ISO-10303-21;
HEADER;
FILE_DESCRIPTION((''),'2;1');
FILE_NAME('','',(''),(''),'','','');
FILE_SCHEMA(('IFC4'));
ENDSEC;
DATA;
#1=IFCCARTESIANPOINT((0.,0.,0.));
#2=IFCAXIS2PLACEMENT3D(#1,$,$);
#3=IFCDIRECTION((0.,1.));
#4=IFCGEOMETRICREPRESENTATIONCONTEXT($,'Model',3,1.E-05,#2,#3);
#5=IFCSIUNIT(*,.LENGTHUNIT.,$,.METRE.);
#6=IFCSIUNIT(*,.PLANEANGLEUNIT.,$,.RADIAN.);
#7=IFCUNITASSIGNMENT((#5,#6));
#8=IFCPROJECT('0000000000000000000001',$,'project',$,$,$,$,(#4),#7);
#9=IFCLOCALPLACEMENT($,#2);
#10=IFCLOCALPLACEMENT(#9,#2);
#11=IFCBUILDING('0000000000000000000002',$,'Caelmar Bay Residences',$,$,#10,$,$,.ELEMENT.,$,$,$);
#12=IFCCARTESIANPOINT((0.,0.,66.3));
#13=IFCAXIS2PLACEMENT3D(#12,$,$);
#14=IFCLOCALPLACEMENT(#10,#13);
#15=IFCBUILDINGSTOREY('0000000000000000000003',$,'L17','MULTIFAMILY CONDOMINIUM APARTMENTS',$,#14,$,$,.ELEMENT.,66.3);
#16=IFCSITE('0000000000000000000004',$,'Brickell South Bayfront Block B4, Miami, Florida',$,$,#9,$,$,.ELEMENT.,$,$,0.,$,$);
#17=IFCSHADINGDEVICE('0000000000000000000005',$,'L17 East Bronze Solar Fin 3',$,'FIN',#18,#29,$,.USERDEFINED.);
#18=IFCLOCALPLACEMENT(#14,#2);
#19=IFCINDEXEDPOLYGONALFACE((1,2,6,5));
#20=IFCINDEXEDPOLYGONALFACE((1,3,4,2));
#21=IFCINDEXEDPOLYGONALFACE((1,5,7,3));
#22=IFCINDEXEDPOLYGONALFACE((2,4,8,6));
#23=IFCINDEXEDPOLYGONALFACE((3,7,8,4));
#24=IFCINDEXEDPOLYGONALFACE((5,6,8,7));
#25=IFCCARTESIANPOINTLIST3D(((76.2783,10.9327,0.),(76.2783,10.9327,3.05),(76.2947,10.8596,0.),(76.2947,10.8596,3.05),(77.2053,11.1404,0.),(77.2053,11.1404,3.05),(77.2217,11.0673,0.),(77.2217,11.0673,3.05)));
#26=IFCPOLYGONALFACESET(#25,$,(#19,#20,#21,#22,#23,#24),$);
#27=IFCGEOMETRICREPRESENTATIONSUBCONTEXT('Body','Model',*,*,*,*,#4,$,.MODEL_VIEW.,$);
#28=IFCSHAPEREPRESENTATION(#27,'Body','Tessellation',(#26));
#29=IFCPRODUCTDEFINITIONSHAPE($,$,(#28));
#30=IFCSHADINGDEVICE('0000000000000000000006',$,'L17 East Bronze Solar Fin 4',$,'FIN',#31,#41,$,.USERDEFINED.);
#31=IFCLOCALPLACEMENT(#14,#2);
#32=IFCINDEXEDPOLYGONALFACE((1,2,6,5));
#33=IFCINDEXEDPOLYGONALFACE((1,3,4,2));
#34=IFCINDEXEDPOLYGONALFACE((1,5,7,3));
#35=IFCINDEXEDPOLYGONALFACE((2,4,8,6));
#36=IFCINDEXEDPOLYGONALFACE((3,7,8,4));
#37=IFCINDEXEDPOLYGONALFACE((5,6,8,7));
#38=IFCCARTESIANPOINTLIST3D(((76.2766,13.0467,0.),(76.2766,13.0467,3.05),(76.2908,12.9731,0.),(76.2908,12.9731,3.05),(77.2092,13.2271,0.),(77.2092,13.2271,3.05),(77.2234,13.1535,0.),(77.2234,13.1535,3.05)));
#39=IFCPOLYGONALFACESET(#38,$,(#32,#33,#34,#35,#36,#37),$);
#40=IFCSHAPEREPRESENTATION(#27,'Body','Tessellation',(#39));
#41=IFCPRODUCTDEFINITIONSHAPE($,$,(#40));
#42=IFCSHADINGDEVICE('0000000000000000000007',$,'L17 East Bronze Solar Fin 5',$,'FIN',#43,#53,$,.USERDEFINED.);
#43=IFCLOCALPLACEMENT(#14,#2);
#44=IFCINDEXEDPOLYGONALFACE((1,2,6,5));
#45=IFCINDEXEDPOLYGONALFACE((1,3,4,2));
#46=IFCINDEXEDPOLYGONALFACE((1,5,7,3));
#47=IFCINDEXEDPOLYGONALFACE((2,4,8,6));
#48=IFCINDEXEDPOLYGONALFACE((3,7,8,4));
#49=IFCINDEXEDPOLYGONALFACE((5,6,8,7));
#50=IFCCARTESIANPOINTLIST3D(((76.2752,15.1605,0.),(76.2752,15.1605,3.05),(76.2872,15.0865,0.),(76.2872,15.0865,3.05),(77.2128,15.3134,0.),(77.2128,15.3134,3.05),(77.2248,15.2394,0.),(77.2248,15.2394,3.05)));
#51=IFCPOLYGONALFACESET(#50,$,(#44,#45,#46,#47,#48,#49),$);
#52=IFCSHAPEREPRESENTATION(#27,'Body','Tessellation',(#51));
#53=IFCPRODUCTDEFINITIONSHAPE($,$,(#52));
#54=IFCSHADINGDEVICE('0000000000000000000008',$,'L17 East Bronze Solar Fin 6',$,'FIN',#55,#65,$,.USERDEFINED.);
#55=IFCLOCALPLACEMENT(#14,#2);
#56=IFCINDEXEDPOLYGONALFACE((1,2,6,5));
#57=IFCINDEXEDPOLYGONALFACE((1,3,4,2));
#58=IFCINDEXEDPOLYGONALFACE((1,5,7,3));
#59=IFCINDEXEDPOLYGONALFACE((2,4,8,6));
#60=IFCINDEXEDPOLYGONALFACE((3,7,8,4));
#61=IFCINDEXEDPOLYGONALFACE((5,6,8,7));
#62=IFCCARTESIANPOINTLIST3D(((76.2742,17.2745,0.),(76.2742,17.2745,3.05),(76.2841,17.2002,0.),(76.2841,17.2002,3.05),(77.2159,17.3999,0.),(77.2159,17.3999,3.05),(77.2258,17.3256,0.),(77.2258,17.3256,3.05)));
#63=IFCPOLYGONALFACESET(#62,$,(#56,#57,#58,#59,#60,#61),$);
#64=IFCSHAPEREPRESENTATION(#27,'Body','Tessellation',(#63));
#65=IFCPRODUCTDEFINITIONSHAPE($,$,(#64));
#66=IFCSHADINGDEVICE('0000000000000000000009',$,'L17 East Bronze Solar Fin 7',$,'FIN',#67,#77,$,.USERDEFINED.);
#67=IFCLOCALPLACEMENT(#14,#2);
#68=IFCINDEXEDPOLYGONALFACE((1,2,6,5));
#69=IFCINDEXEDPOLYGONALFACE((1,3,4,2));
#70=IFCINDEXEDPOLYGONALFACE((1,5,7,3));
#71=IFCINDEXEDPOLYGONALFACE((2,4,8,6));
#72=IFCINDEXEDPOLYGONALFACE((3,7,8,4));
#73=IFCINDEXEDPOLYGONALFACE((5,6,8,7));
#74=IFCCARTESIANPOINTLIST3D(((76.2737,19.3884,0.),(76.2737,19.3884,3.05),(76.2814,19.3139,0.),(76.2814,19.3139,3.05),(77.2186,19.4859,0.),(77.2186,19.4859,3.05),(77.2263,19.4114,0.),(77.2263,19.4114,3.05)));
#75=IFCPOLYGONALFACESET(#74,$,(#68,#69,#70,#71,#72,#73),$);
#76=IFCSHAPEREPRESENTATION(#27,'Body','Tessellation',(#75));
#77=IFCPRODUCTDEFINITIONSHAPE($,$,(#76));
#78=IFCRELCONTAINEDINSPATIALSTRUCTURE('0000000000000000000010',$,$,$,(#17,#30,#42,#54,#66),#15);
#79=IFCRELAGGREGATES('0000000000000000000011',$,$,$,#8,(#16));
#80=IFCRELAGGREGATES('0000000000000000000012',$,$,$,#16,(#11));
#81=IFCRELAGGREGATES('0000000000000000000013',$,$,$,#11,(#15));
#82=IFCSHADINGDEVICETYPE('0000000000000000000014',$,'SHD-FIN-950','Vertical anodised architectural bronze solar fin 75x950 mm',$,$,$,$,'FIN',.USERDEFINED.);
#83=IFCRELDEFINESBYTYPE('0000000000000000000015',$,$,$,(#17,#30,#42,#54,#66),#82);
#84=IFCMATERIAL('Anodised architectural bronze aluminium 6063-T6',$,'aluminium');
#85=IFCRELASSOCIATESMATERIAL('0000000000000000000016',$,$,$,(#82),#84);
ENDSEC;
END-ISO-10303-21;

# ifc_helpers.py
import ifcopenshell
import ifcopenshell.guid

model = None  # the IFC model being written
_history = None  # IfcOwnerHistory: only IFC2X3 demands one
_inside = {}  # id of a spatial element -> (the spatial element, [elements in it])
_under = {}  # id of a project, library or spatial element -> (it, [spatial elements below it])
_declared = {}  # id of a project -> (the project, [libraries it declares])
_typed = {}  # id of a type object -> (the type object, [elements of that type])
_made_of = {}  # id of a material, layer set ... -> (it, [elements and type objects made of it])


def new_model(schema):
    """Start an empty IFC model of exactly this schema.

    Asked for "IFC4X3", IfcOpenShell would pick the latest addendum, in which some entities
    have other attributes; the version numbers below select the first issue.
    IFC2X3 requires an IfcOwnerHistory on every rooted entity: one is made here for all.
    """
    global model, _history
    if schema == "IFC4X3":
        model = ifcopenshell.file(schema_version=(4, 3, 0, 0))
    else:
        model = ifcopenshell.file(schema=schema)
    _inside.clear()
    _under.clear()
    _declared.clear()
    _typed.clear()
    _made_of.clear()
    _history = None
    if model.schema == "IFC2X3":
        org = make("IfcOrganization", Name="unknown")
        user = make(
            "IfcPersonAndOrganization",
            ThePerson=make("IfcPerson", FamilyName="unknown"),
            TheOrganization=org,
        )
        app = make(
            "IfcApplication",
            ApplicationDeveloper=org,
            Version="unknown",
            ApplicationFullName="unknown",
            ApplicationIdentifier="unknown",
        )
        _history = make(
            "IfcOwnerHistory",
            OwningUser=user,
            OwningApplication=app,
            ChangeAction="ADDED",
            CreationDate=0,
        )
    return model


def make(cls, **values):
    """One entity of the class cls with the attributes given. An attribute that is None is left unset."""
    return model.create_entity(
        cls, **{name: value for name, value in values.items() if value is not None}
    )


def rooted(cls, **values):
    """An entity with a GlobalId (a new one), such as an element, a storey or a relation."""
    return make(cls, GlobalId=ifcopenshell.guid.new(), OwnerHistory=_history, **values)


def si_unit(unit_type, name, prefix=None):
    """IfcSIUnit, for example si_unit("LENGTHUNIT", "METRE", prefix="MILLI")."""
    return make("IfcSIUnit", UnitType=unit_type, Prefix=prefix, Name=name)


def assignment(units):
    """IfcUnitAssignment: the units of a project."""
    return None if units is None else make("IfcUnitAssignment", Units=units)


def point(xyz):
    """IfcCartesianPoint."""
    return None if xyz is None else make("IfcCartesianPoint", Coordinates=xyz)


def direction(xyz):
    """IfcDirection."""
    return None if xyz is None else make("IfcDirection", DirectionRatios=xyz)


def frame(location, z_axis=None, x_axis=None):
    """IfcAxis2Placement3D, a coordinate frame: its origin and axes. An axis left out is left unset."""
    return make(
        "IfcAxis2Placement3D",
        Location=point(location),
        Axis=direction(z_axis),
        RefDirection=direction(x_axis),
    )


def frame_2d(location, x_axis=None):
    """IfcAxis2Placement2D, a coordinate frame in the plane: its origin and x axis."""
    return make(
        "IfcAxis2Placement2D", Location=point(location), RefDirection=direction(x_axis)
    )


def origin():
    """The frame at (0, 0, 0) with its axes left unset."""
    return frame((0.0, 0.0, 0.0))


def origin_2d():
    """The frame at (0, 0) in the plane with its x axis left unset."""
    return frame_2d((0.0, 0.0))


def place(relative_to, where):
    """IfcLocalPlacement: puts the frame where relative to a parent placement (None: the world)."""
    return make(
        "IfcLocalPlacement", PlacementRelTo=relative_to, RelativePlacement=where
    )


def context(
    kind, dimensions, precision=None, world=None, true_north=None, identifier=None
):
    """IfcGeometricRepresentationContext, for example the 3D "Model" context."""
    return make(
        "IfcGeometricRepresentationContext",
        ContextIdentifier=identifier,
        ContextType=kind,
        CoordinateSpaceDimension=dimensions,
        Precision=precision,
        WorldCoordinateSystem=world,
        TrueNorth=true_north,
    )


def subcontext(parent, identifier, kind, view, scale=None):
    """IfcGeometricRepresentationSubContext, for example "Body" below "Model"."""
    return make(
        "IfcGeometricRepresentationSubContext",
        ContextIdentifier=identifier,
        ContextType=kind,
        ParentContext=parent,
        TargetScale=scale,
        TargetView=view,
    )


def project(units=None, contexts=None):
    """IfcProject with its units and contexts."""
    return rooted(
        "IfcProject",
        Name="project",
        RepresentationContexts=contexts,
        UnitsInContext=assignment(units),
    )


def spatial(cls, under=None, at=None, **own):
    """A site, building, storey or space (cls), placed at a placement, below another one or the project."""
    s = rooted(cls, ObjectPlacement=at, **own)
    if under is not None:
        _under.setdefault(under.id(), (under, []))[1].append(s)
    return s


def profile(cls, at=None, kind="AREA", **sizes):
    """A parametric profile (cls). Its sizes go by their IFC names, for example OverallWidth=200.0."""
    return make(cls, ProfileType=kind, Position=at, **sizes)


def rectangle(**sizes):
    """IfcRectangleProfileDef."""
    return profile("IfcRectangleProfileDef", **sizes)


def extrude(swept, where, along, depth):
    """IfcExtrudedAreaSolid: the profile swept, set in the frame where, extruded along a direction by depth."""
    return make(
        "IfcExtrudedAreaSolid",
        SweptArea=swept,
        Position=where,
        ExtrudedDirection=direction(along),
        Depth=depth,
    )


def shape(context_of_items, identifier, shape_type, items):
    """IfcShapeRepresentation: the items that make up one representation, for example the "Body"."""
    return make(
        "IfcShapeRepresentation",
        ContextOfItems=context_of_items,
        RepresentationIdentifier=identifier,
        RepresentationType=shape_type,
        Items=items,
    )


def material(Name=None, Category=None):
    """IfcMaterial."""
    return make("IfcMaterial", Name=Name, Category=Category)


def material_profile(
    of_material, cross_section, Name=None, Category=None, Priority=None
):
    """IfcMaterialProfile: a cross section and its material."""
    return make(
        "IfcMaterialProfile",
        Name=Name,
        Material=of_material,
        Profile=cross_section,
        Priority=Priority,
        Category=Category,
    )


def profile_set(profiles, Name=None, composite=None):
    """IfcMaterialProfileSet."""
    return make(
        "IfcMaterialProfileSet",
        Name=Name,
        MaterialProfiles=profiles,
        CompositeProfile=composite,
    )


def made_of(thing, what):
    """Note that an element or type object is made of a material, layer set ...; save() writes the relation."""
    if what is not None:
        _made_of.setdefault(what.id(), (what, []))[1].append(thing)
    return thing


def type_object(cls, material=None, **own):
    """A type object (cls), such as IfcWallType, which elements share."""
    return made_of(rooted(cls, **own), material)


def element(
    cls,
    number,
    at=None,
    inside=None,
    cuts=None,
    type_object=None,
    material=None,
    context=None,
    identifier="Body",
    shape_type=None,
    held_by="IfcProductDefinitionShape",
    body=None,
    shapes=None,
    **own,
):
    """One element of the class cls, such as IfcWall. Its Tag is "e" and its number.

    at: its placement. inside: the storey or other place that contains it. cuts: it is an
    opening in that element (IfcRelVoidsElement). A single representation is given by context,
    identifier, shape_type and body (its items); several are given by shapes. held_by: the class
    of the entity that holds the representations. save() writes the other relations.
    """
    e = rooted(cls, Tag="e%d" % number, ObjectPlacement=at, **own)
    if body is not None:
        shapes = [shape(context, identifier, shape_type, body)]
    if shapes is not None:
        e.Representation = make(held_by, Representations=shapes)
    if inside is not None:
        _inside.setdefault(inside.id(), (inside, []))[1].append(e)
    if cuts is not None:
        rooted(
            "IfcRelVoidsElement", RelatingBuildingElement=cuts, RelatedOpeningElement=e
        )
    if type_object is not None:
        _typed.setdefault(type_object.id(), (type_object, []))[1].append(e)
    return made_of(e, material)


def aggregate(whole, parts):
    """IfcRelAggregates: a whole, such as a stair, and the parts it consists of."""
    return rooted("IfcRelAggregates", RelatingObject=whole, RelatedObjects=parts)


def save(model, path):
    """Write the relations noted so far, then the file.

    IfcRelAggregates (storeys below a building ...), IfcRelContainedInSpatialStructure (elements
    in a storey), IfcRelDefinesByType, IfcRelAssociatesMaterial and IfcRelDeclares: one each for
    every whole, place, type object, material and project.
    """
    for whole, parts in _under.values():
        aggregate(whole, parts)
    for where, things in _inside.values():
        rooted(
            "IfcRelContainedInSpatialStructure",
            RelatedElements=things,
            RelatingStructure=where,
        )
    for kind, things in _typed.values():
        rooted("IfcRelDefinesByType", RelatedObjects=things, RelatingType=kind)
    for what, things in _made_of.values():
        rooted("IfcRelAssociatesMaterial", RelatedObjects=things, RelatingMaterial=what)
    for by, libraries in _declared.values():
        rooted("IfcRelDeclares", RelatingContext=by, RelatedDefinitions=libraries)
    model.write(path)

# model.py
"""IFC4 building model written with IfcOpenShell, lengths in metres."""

from ifc_helpers import new_model, si_unit, direction, frame, origin, origin_2d, place, context, subcontext, project, spatial, rectangle, extrude, material, material_profile, profile_set, type_object, element, save


model = new_model("IFC4")

# Units and contexts
model_context = context("Model", 3, precision=1e-05, world=origin(), true_north=direction((0.0, 1.0)))
body_context = subcontext(model_context, "Body", "Model", "MODEL_VIEW")
ifc_project = project(units=[si_unit("LENGTHUNIT", "METRE"), si_unit("PLANEANGLEUNIT", "RADIAN")], contexts=[model_context])

# Site, building, storey
site_placement = place(None, origin())
site = spatial("IfcSite", under=ifc_project, at=site_placement, Name="Brickell South Bayfront Block B4, Miami, Florida", CompositionType="ELEMENT", RefElevation=0.0)
building_placement = place(site_placement, origin())
building = spatial("IfcBuilding", under=site, at=building_placement, Name="Caelmar Bay Residences", CompositionType="ELEMENT")
storey_placement = place(building_placement, frame((0.0, 0.0, 66.3)))
storey = spatial("IfcBuildingStorey", under=building, at=storey_placement, Name="L17", Description="MULTIFAMILY CONDOMINIUM APARTMENTS", CompositionType="ELEMENT", Elevation=66.3)

# Shading devices
ifc_material_1 = material(Name="Anodised architectural bronze aluminium 6063-T6", Category="aluminium")
ifc_material_profile_1 = material_profile(ifc_material_1, rectangle(XDim=0.075, YDim=0.95, at=origin_2d()), Name="BRONZE-FIN-75X950")
ifc_profile_set_1 = profile_set([ifc_material_profile_1], Name="Anodised architectural bronze aluminium 6063-T6")
shading_device_type = type_object("IfcShadingDeviceType", Name="SHD-FIN-950", Description="Vertical anodised architectural bronze solar fin 75x950 mm", ElementType="FIN", PredefinedType="USERDEFINED", material=ifc_profile_set_1)
for number, where, z_axis, x_axis, name in (
    (1, (76.75, 11.0, 0.0), (0.0, 0.0, 1.0), (-0.218654, 0.975802, 0.0), "L17 East Bronze Solar Fin 3"),
    (2, (76.75, 13.1001, 0.0), (0.0, 0.0, 1.0), (-0.189952, 0.981793, 0.0), "L17 East Bronze Solar Fin 4"),
    (3, (76.75, 15.2, 0.0), (0.0, 0.0, 1.0), (-0.160915, 0.986968, 0.0), "L17 East Bronze Solar Fin 5"),
    (4, (76.75, 17.3, 0.0), (0.0, 0.0, 1.0), (-0.13191, 0.991262, 0.0), "L17 East Bronze Solar Fin 6"),
    (5, (76.75, 19.3999, 0.0), (0.0, 0.0, 1.0), (-0.102619, 0.994721, 0.0), "L17 East Bronze Solar Fin 7"),
):
    element("IfcShadingDevice", number, at=place(storey_placement, frame(where, z_axis=z_axis, x_axis=x_axis)), inside=storey, type_object=shading_device_type, Name=name, ObjectType="FIN", PredefinedType="USERDEFINED", context=body_context, shape_type="SweptSolid", body=[
        extrude(rectangle(XDim=0.075, YDim=0.95, at=origin_2d()), origin(), (0.0, 0.0, 1.0), 3.05),
    ])

save(model, "model.ifc")
